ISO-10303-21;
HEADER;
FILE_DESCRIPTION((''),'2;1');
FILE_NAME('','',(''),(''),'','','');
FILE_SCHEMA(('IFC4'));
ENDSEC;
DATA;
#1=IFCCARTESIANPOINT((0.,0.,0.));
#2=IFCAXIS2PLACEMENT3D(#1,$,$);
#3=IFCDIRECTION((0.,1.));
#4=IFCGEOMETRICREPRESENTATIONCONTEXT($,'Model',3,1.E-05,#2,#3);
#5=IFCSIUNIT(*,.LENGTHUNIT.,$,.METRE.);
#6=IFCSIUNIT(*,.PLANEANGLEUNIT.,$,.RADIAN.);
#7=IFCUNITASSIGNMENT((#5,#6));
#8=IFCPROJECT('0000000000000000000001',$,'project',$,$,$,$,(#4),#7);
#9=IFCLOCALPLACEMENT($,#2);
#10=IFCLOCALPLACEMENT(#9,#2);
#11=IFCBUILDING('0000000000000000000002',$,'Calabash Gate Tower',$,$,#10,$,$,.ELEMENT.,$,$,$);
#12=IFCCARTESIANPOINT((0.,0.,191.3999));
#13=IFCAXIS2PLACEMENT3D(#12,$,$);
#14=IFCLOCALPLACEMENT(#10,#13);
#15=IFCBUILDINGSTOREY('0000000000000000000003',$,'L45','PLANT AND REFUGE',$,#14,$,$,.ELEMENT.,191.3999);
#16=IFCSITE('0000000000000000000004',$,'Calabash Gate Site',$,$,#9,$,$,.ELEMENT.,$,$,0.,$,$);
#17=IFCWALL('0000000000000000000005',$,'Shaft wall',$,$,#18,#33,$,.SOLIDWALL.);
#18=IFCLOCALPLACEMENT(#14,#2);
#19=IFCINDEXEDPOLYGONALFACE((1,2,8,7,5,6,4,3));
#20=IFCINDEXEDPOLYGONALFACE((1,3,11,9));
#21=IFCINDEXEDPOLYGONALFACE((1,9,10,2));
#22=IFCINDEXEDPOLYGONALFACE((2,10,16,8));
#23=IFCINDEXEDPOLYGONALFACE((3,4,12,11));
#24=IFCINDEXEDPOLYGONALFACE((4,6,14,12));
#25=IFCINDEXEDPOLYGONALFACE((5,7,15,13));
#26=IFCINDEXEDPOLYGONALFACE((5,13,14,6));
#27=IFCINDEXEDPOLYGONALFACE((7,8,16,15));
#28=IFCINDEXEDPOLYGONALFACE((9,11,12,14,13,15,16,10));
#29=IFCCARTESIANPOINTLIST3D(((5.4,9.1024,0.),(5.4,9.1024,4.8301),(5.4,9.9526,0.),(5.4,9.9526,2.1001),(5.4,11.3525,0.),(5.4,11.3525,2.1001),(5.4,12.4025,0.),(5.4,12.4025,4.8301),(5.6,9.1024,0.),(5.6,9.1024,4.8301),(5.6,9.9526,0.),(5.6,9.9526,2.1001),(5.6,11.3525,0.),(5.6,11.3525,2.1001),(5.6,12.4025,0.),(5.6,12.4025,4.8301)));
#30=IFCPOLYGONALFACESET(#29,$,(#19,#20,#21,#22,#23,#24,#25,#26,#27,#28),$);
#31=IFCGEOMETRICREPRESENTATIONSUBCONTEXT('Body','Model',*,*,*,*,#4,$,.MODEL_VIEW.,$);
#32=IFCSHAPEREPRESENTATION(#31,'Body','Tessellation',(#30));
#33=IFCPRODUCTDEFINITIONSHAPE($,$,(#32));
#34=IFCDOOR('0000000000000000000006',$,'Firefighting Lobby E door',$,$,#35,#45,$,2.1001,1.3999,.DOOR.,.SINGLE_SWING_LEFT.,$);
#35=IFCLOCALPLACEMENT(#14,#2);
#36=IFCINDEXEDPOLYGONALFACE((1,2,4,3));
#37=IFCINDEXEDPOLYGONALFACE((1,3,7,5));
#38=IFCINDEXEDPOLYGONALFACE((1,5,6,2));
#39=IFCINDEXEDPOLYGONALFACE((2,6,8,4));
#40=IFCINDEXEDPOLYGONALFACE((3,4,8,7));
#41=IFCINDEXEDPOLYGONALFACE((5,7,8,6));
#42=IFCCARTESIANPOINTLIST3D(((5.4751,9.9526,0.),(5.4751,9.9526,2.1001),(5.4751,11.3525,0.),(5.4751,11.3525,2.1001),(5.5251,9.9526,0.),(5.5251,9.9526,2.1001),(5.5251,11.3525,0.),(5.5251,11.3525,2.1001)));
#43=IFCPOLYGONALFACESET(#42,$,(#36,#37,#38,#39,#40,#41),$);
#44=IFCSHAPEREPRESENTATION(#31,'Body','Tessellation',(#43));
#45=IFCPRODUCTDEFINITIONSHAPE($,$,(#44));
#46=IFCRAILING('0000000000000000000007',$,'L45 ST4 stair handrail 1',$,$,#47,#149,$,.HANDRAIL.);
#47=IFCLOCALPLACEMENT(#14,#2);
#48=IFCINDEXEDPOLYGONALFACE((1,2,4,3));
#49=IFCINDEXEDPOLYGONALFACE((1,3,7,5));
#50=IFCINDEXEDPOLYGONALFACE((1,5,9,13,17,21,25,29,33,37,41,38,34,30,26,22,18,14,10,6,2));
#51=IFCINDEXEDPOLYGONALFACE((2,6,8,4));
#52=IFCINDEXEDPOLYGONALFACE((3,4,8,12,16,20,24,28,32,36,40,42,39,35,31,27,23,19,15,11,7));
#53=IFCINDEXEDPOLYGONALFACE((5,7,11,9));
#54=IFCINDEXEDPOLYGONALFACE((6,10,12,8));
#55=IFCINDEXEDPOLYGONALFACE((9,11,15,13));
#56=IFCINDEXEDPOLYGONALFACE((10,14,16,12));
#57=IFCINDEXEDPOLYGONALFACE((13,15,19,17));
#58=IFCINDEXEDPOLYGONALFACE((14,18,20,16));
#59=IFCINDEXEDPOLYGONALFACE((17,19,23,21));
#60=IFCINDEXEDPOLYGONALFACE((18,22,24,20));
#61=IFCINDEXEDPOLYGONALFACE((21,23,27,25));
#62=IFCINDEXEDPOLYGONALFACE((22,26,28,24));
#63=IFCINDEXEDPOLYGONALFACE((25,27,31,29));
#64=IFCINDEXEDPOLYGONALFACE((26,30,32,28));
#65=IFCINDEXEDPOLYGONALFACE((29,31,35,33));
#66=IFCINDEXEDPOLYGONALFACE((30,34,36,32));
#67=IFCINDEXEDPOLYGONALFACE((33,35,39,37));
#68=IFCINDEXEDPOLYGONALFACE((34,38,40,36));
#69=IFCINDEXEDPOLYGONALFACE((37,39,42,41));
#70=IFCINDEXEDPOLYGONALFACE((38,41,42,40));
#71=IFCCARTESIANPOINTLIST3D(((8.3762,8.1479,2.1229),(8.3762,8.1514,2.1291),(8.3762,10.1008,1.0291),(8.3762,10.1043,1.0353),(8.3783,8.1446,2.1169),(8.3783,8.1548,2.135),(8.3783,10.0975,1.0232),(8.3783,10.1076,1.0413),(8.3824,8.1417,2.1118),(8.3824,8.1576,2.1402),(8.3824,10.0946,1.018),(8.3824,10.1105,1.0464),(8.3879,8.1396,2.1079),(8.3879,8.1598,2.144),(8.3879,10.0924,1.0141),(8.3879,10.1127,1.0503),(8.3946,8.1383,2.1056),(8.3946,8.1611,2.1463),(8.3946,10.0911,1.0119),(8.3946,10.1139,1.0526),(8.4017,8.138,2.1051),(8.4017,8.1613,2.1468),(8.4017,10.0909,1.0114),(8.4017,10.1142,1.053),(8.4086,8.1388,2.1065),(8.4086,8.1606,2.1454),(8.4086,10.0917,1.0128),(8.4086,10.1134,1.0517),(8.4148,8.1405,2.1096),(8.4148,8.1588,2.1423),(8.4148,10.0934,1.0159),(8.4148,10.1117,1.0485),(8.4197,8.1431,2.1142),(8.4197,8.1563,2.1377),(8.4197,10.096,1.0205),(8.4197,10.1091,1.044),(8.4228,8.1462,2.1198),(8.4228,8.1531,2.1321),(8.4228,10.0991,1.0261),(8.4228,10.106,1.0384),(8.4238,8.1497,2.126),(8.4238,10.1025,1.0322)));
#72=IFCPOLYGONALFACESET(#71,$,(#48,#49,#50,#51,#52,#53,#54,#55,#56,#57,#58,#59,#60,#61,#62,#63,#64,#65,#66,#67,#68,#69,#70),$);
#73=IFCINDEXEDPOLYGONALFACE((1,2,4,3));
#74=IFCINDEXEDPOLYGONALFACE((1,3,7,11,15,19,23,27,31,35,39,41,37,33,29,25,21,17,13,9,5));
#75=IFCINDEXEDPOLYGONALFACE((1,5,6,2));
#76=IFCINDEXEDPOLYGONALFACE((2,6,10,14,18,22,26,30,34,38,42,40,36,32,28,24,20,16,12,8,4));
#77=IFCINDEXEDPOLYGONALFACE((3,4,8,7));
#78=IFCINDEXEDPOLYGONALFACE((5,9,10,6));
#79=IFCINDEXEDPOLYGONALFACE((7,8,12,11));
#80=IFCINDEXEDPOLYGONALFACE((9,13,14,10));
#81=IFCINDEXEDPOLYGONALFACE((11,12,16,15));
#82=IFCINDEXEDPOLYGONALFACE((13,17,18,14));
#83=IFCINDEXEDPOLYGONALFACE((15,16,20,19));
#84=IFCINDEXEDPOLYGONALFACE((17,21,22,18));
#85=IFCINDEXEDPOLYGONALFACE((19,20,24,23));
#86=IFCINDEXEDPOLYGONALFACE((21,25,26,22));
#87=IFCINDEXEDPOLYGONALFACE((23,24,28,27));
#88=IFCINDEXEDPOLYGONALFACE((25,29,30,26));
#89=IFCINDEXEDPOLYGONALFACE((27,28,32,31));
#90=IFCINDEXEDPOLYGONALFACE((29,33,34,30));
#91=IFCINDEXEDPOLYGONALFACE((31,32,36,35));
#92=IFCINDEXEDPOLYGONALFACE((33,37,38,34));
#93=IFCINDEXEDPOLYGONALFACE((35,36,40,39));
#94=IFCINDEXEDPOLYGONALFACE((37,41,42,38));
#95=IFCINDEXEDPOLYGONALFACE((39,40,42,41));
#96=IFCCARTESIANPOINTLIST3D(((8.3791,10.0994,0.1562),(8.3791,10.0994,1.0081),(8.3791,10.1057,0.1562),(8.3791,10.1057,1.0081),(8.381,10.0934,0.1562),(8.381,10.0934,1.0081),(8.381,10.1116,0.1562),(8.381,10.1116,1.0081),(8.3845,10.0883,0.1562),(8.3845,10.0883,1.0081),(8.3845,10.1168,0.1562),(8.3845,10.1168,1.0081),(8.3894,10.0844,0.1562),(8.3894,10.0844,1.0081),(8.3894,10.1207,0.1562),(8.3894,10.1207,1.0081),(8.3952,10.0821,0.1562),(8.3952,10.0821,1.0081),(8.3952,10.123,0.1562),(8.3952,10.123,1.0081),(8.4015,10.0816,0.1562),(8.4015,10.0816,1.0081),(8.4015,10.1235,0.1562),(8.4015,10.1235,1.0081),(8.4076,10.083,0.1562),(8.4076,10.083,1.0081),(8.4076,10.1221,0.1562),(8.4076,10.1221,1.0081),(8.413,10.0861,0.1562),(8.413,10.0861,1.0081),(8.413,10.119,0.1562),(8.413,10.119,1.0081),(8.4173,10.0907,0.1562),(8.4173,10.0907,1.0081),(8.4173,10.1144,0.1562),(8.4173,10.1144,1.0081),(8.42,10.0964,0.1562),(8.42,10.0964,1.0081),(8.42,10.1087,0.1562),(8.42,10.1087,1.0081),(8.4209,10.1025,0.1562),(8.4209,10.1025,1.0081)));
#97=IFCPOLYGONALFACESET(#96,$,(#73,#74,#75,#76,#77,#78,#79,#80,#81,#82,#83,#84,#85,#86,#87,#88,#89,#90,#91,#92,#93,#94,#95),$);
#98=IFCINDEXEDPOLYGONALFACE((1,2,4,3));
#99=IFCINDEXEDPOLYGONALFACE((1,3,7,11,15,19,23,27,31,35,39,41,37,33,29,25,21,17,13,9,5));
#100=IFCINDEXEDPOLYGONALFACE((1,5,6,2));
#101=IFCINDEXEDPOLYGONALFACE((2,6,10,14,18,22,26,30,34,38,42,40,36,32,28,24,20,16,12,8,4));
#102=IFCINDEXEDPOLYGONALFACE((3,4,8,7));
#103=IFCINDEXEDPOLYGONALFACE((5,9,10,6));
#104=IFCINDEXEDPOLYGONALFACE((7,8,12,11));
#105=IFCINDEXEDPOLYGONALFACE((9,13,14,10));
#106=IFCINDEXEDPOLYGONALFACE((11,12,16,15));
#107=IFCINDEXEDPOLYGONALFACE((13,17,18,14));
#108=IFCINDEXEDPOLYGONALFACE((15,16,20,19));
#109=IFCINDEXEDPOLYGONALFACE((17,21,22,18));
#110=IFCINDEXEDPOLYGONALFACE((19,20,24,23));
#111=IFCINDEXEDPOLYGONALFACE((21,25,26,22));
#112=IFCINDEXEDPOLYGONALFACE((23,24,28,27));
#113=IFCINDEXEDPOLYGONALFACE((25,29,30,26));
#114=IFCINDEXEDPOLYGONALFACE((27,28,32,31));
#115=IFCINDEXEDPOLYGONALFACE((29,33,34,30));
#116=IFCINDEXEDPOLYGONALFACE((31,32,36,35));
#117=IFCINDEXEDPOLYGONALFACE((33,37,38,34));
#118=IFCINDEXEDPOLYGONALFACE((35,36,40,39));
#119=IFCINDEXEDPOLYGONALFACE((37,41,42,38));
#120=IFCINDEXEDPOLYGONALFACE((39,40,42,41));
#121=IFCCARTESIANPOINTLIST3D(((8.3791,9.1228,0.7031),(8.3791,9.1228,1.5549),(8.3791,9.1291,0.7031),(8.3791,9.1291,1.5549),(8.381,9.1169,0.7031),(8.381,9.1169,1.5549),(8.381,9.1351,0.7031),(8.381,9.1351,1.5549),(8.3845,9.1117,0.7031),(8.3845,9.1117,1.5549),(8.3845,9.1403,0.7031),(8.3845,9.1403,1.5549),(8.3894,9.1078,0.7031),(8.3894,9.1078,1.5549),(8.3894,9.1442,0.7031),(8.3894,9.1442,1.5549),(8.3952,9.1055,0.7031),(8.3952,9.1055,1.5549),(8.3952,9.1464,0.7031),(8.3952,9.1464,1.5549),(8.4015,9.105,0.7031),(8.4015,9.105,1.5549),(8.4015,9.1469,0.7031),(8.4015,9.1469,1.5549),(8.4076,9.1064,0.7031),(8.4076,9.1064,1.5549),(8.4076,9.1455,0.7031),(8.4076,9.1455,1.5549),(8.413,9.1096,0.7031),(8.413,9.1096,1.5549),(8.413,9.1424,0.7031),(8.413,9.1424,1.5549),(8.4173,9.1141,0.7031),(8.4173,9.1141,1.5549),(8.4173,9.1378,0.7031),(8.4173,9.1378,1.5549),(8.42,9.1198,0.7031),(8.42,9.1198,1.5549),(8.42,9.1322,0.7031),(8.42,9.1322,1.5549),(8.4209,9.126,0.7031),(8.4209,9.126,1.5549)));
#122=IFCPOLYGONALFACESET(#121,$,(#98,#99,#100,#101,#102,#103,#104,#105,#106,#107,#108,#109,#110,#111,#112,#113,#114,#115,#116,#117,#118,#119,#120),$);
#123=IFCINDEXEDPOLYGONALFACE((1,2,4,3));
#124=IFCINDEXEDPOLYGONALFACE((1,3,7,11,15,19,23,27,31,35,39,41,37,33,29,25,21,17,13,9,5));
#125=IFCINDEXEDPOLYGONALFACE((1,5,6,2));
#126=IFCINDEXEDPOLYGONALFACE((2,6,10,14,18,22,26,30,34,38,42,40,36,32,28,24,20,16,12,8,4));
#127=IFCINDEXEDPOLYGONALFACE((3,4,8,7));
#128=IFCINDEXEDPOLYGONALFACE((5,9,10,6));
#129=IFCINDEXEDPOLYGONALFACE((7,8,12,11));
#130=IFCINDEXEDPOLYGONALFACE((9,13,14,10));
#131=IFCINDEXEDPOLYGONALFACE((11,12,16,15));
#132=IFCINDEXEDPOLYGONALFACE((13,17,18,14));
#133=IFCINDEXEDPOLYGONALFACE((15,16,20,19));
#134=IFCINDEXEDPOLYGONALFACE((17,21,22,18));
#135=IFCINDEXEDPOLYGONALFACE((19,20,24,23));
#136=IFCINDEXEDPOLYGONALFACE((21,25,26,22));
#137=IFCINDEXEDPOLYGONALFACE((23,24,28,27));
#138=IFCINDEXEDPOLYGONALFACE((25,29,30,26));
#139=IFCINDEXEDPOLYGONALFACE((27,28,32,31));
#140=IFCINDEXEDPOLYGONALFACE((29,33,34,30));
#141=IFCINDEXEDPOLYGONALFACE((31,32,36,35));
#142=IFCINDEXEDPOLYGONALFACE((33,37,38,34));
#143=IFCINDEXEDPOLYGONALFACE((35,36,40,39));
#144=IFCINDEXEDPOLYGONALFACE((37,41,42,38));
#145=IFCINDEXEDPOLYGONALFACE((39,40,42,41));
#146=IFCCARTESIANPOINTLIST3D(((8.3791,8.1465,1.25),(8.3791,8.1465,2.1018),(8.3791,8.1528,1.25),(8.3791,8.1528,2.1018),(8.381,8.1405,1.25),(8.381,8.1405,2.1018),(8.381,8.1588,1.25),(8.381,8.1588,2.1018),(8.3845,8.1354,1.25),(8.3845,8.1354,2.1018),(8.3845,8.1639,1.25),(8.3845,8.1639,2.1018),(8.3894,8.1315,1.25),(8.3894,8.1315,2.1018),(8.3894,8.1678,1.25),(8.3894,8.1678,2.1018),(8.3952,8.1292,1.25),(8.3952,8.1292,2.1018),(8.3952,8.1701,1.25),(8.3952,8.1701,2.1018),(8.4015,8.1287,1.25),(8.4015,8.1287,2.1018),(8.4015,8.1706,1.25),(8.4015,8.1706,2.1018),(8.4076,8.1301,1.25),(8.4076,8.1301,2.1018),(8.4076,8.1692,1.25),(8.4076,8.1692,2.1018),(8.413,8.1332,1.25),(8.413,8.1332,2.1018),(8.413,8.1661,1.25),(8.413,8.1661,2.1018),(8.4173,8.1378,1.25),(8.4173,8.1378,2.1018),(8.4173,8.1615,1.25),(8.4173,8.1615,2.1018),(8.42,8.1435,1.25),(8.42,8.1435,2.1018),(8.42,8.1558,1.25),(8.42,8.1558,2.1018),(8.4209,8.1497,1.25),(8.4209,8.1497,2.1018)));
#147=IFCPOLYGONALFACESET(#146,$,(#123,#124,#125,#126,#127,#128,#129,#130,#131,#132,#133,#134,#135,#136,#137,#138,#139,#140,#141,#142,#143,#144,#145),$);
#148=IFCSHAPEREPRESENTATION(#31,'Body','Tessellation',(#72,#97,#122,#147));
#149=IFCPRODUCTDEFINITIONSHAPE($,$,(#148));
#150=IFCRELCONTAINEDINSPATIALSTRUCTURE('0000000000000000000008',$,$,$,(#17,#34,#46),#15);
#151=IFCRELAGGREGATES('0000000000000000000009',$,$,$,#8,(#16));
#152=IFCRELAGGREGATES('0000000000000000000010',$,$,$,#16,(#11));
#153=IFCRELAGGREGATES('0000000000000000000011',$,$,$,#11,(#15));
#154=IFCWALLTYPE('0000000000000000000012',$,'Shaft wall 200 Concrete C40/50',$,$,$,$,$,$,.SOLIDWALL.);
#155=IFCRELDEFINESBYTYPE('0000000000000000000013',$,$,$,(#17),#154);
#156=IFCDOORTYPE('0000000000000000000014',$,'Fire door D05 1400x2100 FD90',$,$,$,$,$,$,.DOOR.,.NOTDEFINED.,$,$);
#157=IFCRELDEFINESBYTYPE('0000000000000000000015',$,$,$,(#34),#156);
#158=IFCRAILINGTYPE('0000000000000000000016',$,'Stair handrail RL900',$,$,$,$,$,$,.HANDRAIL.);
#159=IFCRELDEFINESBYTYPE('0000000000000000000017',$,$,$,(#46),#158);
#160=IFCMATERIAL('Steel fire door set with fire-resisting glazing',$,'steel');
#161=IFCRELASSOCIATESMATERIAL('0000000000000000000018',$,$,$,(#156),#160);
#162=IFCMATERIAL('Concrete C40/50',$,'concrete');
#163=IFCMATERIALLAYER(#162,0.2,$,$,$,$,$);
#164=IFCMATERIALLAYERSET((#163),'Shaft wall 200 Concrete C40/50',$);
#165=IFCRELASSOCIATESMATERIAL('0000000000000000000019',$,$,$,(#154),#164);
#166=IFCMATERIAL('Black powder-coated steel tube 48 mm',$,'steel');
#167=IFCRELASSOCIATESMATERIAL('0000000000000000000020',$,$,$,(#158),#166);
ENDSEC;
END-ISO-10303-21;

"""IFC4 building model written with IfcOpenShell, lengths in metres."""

from ifc_helpers import new_model, si_unit, direction, frame, frame_2d, origin, origin_2d, place, context, subcontext, project, spatial, rectangle, circle, extrude, material, layer, layer_set, type_object, element, fill, save


model = new_model("IFC4")

# Units and contexts
model_context = context("Model", 3, precision=1e-05, world=origin(), true_north=direction((0.0, 1.0)))
body_context = subcontext(model_context, "Body", "Model", "MODEL_VIEW")
ifc_project = project(units=[si_unit("LENGTHUNIT", "METRE"), si_unit("PLANEANGLEUNIT", "RADIAN")], contexts=[model_context])

# Site, building, storey
site_placement = place(None, origin())
site = spatial("IfcSite", under=ifc_project, at=site_placement, Name="Calabash Gate Site", CompositionType="ELEMENT", RefElevation=0.0)
building_placement = place(site_placement, origin())
building = spatial("IfcBuilding", under=site, at=building_placement, Name="Calabash Gate Tower", CompositionType="ELEMENT")
storey_placement = place(building_placement, frame((0.0, 0.0, 191.3999)))
storey = spatial("IfcBuildingStorey", under=building, at=storey_placement, Name="L45", Description="PLANT AND REFUGE", CompositionType="ELEMENT", Elevation=191.3999)

# Shared definitions
ifc_material_1 = material(Name="Steel fire door set with fire-resisting glazing", Category="steel")
door_type_1 = type_object("IfcDoorType", Name="Fire door D05 1400x2100 FD90", OperationType="NOTDEFINED", PredefinedType="DOOR", material=ifc_material_1)

# Shared definitions
ifc_material_2 = material(Name="Concrete C40/50", Category="concrete")
ifc_layer_1 = layer(ifc_material_2, 0.2)
ifc_layer_set_1 = layer_set([ifc_layer_1], Name="Shaft wall 200 Concrete C40/50")
wall_type_1 = type_object("IfcWallType", Name="Shaft wall 200 Concrete C40/50", PredefinedType="SOLIDWALL", material=ifc_layer_set_1)

# Wall, opening, door
wall_1_placement = place(storey_placement, frame((5.5, 9.1025, 0.0), z_axis=(0.0, 0.0, 1.0), x_axis=(0.0, 1.0, 0.0)))
wall_1 = element("IfcWall", 1, at=wall_1_placement, inside=storey, type_object=wall_type_1, Name="Shaft wall", PredefinedType="SOLIDWALL", context=body_context, shape_type="SweptSolid", body=[
    extrude(rectangle(XDim=3.3, YDim=0.2, at=frame_2d((1.6499, 0.0))), origin(), (0.0, 0.0, 1.0), 4.8301),
])
opening_1_placement = place(wall_1_placement, frame((0.8501, 0.0, 0.0)))
opening_1 = element("IfcOpeningElement", 2, at=opening_1_placement, cuts=wall_1, PredefinedType="OPENING", context=body_context, shape_type="SweptSolid", body=[
    extrude(rectangle(XDim=1.3999, YDim=2.1001, at=frame_2d((0.7, 1.05))), frame((0.0, 0.1099, 0.0), z_axis=(0.0, -1.0, 0.0), x_axis=(1.0, 0.0, 0.0)), (0.0, 0.0, 1.0), 0.22),
])
door_1_placement = place(opening_1_placement, origin())
door_1 = element("IfcDoor", 3, at=door_1_placement, inside=storey, type_object=door_type_1, Name="Firefighting Lobby E door", OperationType="SINGLE_SWING_LEFT", OverallHeight=2.1001, OverallWidth=1.3999, PredefinedType="DOOR", context=body_context, shape_type="SweptSolid", body=[
    extrude(rectangle(XDim=1.3999, YDim=2.1001, at=frame_2d((0.7, 1.05))), frame((0.0, 0.0249, 0.0), z_axis=(0.0, -1.0, 0.0), x_axis=(1.0, 0.0, 0.0)), (0.0, 0.0, 1.0), 0.05),
])
fill(opening_1, door_1)

# Railing
ifc_material_3 = material(Name="Black powder-coated steel tube 48 mm", Category="steel")
railing_type = type_object("IfcRailingType", Name="Stair handrail RL900", PredefinedType="HANDRAIL", material=ifc_material_3)
railing_placement = place(storey_placement, frame((8.3999, 10.1025, 0.1562)))
element("IfcRailing", 4, at=railing_placement, inside=storey, type_object=railing_type, Name="L45 ST4 stair handrail 1", PredefinedType="HANDRAIL", context=body_context, shape_type="SweptSolid", body=[
    extrude(circle(Radius=0.0239, at=origin_2d()), frame((0.0, 0.0, 0.876), z_axis=(0.0, -0.87248, 0.48865), x_axis=(1.0, 0.0, 0.0)), (0.0, 0.0, 1.0), 2.2383),
    extrude(circle(Radius=0.021, at=origin_2d()), origin(), (0.0, 0.0, 1.0), 0.8518),
    extrude(circle(Radius=0.021, at=origin_2d()), frame((0.0, -0.9766, 0.5469)), (0.0, 0.0, 1.0), 0.8518),
    extrude(circle(Radius=0.021, at=origin_2d()), frame((0.0, -1.9529, 1.0938)), (0.0, 0.0, 1.0), 0.8518),
])

save(model, "model.ifc")
